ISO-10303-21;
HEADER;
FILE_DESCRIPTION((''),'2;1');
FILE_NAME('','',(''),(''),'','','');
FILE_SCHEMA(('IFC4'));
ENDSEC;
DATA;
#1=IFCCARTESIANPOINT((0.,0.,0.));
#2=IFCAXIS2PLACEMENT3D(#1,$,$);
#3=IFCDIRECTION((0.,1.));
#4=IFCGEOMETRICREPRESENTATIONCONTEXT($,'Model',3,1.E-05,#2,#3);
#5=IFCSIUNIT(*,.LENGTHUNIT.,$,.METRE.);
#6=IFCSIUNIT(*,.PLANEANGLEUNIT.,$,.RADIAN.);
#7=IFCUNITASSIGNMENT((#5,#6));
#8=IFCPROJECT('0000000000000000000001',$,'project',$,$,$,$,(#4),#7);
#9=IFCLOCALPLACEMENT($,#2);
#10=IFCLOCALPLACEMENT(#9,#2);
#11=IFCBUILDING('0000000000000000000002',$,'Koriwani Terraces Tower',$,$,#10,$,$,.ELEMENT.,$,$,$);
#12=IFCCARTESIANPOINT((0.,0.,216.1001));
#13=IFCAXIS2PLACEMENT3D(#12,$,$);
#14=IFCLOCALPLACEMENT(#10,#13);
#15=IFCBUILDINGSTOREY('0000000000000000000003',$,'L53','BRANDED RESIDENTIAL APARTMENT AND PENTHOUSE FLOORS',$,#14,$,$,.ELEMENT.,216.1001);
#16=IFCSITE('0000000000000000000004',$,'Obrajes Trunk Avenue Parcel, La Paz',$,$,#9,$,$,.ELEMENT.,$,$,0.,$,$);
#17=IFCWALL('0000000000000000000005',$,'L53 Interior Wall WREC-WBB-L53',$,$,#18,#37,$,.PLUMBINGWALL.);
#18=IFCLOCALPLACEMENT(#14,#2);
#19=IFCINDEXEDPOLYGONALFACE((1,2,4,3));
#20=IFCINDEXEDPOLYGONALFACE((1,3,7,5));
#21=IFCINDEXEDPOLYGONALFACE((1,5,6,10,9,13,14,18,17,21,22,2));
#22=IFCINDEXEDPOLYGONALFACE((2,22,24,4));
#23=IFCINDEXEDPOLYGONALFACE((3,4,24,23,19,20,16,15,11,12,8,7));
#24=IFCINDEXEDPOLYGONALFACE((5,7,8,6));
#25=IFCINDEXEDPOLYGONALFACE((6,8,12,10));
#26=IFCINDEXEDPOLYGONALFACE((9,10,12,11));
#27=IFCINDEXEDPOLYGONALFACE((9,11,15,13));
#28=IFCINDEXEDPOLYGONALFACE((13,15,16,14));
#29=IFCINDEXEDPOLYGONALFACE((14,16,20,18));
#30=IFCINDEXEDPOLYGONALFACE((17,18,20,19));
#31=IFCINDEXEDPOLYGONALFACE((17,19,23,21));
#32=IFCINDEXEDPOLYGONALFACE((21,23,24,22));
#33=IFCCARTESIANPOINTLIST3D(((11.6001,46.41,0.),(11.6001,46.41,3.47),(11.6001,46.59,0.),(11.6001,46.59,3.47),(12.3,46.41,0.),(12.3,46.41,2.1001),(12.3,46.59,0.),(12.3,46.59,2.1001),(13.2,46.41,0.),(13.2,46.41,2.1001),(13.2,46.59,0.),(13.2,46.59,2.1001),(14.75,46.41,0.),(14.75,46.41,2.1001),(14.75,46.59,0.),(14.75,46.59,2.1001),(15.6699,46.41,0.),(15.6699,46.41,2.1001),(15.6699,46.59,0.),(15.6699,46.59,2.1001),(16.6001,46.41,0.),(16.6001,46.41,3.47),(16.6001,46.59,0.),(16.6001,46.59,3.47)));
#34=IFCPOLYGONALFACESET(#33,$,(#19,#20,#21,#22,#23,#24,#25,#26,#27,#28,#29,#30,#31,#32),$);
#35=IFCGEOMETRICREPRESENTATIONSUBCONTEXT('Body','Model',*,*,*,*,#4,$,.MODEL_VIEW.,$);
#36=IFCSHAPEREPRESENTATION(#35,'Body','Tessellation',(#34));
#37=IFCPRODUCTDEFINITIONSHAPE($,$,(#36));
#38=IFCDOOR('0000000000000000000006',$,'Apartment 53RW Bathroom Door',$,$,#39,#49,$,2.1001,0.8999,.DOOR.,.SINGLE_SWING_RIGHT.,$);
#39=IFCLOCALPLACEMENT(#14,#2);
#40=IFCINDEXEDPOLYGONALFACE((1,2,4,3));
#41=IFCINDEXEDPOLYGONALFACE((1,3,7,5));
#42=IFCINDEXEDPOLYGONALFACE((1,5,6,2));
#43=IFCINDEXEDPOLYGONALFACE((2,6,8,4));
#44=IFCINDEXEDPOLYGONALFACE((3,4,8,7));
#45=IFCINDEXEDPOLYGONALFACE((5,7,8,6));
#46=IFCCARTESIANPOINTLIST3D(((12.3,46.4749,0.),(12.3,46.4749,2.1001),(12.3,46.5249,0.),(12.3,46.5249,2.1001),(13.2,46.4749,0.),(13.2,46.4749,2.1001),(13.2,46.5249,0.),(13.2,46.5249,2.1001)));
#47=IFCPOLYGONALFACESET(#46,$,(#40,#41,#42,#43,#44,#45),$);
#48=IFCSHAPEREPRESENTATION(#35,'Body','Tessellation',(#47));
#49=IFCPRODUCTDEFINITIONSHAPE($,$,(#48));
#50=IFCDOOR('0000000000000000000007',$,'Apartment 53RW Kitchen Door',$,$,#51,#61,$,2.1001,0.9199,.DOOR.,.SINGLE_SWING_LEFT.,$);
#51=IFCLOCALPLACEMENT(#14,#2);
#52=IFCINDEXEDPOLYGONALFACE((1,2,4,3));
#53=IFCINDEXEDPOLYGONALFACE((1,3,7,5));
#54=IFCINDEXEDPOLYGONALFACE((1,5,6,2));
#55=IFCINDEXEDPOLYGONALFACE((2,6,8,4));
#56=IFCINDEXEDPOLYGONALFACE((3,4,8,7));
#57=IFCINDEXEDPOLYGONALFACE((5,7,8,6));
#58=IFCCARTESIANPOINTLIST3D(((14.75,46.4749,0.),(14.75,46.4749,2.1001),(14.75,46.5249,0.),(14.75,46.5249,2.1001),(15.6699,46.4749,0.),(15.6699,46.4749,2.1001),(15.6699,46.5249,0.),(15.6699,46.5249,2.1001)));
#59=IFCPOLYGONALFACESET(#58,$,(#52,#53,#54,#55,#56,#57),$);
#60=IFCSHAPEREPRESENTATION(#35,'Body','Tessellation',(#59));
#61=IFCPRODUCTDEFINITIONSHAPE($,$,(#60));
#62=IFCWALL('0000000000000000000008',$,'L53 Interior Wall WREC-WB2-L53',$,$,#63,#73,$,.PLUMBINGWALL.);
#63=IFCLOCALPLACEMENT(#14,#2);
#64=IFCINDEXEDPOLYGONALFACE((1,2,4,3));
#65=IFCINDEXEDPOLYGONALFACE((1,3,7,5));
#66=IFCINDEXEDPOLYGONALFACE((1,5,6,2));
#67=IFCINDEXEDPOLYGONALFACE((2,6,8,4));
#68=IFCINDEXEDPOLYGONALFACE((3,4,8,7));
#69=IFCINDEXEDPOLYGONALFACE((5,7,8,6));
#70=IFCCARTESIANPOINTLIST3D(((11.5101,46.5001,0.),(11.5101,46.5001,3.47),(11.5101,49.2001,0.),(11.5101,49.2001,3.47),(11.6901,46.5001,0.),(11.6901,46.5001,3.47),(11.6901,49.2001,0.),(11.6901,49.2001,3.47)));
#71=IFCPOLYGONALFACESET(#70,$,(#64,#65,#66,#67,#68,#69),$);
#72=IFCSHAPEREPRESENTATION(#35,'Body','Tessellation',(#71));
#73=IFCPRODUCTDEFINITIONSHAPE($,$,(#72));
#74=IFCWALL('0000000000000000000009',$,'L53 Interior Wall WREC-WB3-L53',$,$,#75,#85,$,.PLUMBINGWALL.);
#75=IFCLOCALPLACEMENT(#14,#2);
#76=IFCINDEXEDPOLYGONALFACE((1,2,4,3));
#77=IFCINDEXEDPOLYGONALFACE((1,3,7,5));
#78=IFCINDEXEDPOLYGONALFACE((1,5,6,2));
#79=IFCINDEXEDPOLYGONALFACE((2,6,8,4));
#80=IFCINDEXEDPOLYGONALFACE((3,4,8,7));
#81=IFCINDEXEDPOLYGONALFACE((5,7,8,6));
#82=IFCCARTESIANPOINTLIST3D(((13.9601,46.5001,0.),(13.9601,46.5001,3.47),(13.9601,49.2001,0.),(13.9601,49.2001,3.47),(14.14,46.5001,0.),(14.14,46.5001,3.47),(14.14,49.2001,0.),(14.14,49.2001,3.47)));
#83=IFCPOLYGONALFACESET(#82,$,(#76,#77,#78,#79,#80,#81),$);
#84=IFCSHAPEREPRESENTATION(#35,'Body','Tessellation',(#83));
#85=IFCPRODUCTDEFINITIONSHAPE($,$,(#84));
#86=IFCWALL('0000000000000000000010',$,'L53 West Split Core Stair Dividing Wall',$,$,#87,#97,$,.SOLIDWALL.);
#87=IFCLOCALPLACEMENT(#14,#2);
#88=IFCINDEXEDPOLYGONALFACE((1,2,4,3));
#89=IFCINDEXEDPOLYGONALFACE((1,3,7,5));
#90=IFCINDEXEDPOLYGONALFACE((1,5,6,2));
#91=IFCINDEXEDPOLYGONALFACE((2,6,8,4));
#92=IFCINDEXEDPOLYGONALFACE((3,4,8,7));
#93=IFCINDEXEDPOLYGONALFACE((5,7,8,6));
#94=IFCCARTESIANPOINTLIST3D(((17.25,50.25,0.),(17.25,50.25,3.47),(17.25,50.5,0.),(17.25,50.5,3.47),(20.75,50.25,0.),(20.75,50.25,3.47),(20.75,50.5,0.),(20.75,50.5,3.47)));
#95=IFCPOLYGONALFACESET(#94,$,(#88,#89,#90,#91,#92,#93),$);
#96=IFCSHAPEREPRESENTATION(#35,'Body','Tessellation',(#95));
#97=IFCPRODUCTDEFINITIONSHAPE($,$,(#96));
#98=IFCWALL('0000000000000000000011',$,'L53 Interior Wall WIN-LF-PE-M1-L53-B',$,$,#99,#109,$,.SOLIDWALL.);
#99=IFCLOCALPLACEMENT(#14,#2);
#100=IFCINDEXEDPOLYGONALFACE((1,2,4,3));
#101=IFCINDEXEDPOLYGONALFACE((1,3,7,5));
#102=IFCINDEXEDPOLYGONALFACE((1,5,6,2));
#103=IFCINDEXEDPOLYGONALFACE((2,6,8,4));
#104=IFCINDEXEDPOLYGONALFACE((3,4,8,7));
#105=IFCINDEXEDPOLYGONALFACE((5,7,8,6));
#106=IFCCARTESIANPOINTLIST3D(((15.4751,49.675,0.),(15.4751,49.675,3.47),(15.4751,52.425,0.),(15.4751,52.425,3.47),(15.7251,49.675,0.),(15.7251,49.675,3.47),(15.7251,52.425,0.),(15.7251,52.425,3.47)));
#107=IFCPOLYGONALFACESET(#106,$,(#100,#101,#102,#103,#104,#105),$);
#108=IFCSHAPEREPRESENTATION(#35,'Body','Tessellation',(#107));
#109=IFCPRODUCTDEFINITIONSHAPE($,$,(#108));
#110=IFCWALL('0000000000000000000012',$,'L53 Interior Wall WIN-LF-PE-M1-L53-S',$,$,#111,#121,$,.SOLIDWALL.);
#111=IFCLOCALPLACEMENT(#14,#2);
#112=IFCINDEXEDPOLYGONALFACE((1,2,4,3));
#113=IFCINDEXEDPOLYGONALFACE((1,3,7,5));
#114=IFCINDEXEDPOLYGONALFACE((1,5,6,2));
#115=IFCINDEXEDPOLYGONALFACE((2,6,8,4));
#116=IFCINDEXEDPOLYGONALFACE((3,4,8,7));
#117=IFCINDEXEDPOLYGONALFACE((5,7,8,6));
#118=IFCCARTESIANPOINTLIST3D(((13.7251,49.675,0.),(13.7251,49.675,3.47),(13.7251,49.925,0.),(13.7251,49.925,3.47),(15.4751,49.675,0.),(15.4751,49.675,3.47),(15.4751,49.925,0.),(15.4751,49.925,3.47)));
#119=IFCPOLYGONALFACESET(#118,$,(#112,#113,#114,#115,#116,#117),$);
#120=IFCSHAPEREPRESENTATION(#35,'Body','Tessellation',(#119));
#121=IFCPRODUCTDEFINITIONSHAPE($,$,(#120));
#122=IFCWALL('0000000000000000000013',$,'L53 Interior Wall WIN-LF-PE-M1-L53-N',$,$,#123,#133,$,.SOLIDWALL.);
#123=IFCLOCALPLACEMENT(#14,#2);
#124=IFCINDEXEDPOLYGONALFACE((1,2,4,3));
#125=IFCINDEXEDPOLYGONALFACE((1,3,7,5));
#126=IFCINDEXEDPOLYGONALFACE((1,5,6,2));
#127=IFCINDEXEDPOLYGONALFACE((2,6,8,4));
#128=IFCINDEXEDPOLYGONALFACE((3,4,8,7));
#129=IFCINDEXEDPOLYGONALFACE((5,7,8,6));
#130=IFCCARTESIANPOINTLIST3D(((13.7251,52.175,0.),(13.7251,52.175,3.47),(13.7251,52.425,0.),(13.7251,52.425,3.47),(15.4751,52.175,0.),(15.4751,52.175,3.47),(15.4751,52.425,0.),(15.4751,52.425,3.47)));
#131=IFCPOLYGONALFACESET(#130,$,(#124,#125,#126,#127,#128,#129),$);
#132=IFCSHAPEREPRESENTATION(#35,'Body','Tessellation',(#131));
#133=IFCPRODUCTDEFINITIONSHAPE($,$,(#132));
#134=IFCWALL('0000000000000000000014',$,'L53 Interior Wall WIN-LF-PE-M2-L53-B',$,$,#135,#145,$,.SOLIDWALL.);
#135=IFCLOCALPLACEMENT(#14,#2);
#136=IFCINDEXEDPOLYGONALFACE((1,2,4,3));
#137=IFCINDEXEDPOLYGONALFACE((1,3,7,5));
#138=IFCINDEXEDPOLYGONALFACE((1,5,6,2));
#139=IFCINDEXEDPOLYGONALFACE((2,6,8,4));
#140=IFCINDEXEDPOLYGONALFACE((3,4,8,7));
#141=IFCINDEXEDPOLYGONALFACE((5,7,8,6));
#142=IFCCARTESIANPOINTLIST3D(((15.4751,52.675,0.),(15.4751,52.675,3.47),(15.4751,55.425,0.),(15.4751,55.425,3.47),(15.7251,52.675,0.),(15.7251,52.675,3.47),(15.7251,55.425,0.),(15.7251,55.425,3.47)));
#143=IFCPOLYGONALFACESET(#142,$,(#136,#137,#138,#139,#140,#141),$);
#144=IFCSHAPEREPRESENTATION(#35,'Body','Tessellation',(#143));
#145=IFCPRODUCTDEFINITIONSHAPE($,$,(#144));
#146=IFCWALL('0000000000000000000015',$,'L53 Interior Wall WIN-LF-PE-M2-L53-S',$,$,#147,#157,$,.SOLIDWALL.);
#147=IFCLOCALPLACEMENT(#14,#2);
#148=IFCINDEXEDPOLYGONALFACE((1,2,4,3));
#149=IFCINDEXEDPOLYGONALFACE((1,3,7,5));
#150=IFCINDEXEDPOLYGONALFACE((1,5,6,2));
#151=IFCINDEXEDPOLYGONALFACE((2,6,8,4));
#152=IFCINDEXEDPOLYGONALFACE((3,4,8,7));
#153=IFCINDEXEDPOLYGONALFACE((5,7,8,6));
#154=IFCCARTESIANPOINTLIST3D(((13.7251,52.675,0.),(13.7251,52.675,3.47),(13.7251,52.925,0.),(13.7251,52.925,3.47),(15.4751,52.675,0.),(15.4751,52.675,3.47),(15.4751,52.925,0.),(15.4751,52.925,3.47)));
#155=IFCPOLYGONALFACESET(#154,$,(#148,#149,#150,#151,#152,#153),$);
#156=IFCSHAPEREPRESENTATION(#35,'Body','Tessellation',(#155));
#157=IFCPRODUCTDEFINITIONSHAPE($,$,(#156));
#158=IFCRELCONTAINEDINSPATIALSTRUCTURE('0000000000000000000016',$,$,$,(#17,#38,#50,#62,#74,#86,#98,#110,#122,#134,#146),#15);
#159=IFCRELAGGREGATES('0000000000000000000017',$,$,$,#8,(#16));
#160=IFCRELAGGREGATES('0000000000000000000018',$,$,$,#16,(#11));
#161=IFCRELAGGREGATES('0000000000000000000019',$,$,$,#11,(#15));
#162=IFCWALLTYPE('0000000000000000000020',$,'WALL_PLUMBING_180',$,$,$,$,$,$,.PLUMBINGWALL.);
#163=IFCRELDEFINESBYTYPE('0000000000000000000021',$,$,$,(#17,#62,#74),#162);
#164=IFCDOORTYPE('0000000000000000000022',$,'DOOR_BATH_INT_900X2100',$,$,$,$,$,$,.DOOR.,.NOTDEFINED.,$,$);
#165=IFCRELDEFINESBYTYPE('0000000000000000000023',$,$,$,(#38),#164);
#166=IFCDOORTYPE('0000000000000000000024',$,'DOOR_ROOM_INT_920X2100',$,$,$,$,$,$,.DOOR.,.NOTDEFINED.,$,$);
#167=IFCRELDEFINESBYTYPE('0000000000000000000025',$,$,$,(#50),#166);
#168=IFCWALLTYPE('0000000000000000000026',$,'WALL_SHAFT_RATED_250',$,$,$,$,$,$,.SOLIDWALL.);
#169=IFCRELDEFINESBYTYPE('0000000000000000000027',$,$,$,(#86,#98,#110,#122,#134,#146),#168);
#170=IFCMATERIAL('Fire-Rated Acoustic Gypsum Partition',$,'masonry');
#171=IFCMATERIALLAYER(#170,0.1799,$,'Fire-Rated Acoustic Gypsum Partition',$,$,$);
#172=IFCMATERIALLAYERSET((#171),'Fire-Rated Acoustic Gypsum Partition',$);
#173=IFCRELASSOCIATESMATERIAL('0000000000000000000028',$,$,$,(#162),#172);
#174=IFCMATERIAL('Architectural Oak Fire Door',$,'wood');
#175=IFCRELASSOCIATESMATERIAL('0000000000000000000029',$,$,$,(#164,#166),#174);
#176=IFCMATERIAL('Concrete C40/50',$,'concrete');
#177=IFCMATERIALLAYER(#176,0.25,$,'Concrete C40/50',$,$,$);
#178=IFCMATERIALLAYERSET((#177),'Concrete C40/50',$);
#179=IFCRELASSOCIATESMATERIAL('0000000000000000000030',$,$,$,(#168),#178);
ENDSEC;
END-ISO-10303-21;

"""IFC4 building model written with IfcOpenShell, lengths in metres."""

from ifc_helpers import new_model, si_unit, direction, frame, frame_2d, origin, place, context, subcontext, project, spatial, rectangle, extrude, material, layer, layer_set, type_object, element, fill, save


model = new_model("IFC4")

# Units and contexts
model_context = context("Model", 3, precision=1e-05, world=origin(), true_north=direction((0.0, 1.0)))
body_context = subcontext(model_context, "Body", "Model", "MODEL_VIEW")
ifc_project = project(units=[si_unit("LENGTHUNIT", "METRE"), si_unit("PLANEANGLEUNIT", "RADIAN")], contexts=[model_context])

# Site, building, storey
site_placement = place(None, origin())
site = spatial("IfcSite", under=ifc_project, at=site_placement, Name="Obrajes Trunk Avenue Parcel, La Paz", CompositionType="ELEMENT", RefElevation=0.0)
building_placement = place(site_placement, origin())
building = spatial("IfcBuilding", under=site, at=building_placement, Name="Koriwani Terraces Tower", CompositionType="ELEMENT")
storey_placement = place(building_placement, frame((0.0, 0.0, 216.1001)))
storey = spatial("IfcBuildingStorey", under=building, at=storey_placement, Name="L53", Description="BRANDED RESIDENTIAL APARTMENT AND PENTHOUSE FLOORS", CompositionType="ELEMENT", Elevation=216.1001)

# Shared definitions
ifc_material_1 = material(Name="Concrete C40/50", Category="concrete")

# Wall, openings, doors
ifc_material_2 = material(Name="Fire-Rated Acoustic Gypsum Partition", Category="masonry")
ifc_layer_1 = layer(ifc_material_2, 0.1799, Name="Fire-Rated Acoustic Gypsum Partition")
ifc_layer_set_1 = layer_set([ifc_layer_1], Name="Fire-Rated Acoustic Gypsum Partition")
wall_type_1 = type_object("IfcWallType", Name="WALL_PLUMBING_180", PredefinedType="PLUMBINGWALL", material=ifc_layer_set_1)
wall_1_placement = place(storey_placement, frame((11.6001, 46.5, 0.0), z_axis=(0.0, 0.0, 1.0), x_axis=(1.0, 0.0, 0.0)))
wall_1 = element("IfcWall", 1, at=wall_1_placement, inside=storey, type_object=wall_type_1, Name="L53 Interior Wall WREC-WBB-L53", PredefinedType="PLUMBINGWALL", context=body_context, shape_type="SweptSolid", body=[
    extrude(rectangle(XDim=5.0, YDim=0.1799, at=frame_2d((2.5, 0.0))), origin(), (0.0, 0.0, 1.0), 3.47),
])
opening_1_placement = place(wall_1_placement, frame((0.7, 0.0, 0.0)))
opening_1 = element("IfcOpeningElement", 2, at=opening_1_placement, cuts=wall_1, PredefinedType="OPENING", context=body_context, shape_type="SweptSolid", body=[
    extrude(rectangle(XDim=0.8999, YDim=2.1001, at=frame_2d((0.45, 1.05))), frame((0.0, 0.1001, 0.0), z_axis=(0.0, -1.0, 0.0), x_axis=(1.0, 0.0, 0.0)), (0.0, 0.0, 1.0), 0.2),
])
opening_2_placement = place(wall_1_placement, frame((3.1499, 0.0, 0.0)))
opening_2 = element("IfcOpeningElement", 3, at=opening_2_placement, cuts=wall_1, PredefinedType="OPENING", context=body_context, shape_type="SweptSolid", body=[
    extrude(rectangle(XDim=0.9199, YDim=2.1001, at=frame_2d((0.46, 1.05))), frame((0.0, 0.1001, 0.0), z_axis=(0.0, -1.0, 0.0), x_axis=(1.0, 0.0, 0.0)), (0.0, 0.0, 1.0), 0.2),
])
ifc_material_3 = material(Name="Architectural Oak Fire Door", Category="wood")
door_type_1 = type_object("IfcDoorType", Name="DOOR_BATH_INT_900X2100", OperationType="NOTDEFINED", PredefinedType="DOOR", material=ifc_material_3)
door_1_placement = place(opening_1_placement, origin())
door_1 = element("IfcDoor", 4, at=door_1_placement, inside=storey, type_object=door_type_1, Name="Apartment 53RW Bathroom Door", OperationType="SINGLE_SWING_RIGHT", OverallHeight=2.1001, OverallWidth=0.8999, PredefinedType="DOOR", context=body_context, shape_type="SweptSolid", body=[
    extrude(rectangle(XDim=0.8999, YDim=2.1001, at=frame_2d((0.45, 1.05))), frame((0.0, 0.0249, 0.0), z_axis=(0.0, -1.0, 0.0), x_axis=(1.0, 0.0, 0.0)), (0.0, 0.0, 1.0), 0.05),
])
fill(opening_1, door_1)
door_type_2 = type_object("IfcDoorType", Name="DOOR_ROOM_INT_920X2100", OperationType="NOTDEFINED", PredefinedType="DOOR", material=ifc_material_3)
door_2_placement = place(opening_2_placement, origin())
door_2 = element("IfcDoor", 5, at=door_2_placement, inside=storey, type_object=door_type_2, Name="Apartment 53RW Kitchen Door", OperationType="SINGLE_SWING_LEFT", OverallHeight=2.1001, OverallWidth=0.9199, PredefinedType="DOOR", context=body_context, shape_type="SweptSolid", body=[
    extrude(rectangle(XDim=0.9199, YDim=2.1001, at=frame_2d((0.46, 1.05))), frame((0.0, 0.0249, 0.0), z_axis=(0.0, -1.0, 0.0), x_axis=(1.0, 0.0, 0.0)), (0.0, 0.0, 1.0), 0.05),
])
fill(opening_2, door_2)

# Walls
for number, where, z_axis, x_axis, name in (
    (6, (11.6001, 46.5, 0.0), (0.0, 0.0, 1.0), (0.0, 1.0, 0.0), "L53 Interior Wall WREC-WB2-L53"),
    (7, (14.05, 46.5, 0.0), (0.0, 0.0, 1.0), (0.0, 1.0, 0.0), "L53 Interior Wall WREC-WB3-L53"),
):
    element("IfcWall", number, at=place(storey_placement, frame(where, z_axis=z_axis, x_axis=x_axis)), inside=storey, type_object=wall_type_1, Name=name, PredefinedType="PLUMBINGWALL", context=body_context, shape_type="SweptSolid", body=[
        extrude(rectangle(XDim=2.7, YDim=0.1799, at=frame_2d((1.3501, 0.0))), origin(), (0.0, 0.0, 1.0), 3.47),
    ])
ifc_layer_2 = layer(ifc_material_1, 0.25, Name="Concrete C40/50")
ifc_layer_set_2 = layer_set([ifc_layer_2], Name="Concrete C40/50")
wall_type_2 = type_object("IfcWallType", Name="WALL_SHAFT_RATED_250", PredefinedType="SOLIDWALL", material=ifc_layer_set_2)
wall_2_placement = place(storey_placement, frame((17.25, 50.375, 0.0), z_axis=(0.0, 0.0, 1.0), x_axis=(1.0, 0.0, 0.0)))
element("IfcWall", 8, at=wall_2_placement, inside=storey, type_object=wall_type_2, Name="L53 West Split Core Stair Dividing Wall", PredefinedType="SOLIDWALL", context=body_context, shape_type="SweptSolid", body=[
    extrude(rectangle(XDim=3.5, YDim=0.25, at=frame_2d((1.75, 0.0))), origin(), (0.0, 0.0, 1.0), 3.47),
])

# Walls
wall_3_placement = place(storey_placement, frame((15.6001, 49.675, 0.0), z_axis=(0.0, 0.0, 1.0), x_axis=(0.0, 1.0, 0.0)))
element("IfcWall", 9, at=wall_3_placement, inside=storey, type_object=wall_type_2, Name="L53 Interior Wall WIN-LF-PE-M1-L53-B", PredefinedType="SOLIDWALL", context=body_context, shape_type="SweptSolid", body=[
    extrude(rectangle(XDim=2.75, YDim=0.25, at=frame_2d((1.375, 0.0))), origin(), (0.0, 0.0, 1.0), 3.47),
])
for number, where, z_axis, x_axis, name in (
    (10, (13.7251, 49.8, 0.0), (0.0, 0.0, 1.0), (1.0, 0.0, 0.0), "L53 Interior Wall WIN-LF-PE-M1-L53-S"),
    (11, (13.7251, 52.3, 0.0), (0.0, 0.0, 1.0), (1.0, 0.0, 0.0), "L53 Interior Wall WIN-LF-PE-M1-L53-N"),
):
    element("IfcWall", number, at=place(storey_placement, frame(where, z_axis=z_axis, x_axis=x_axis)), inside=storey, type_object=wall_type_2, Name=name, PredefinedType="SOLIDWALL", context=body_context, shape_type="SweptSolid", body=[
        extrude(rectangle(XDim=1.75, YDim=0.25, at=frame_2d((0.875, 0.0))), origin(), (0.0, 0.0, 1.0), 3.47),
    ])

# Walls
wall_4_placement = place(storey_placement, frame((15.6001, 52.675, 0.0), z_axis=(0.0, 0.0, 1.0), x_axis=(0.0, 1.0, 0.0)))
element("IfcWall", 12, at=wall_4_placement, inside=storey, type_object=wall_type_2, Name="L53 Interior Wall WIN-LF-PE-M2-L53-B", PredefinedType="SOLIDWALL", context=body_context, shape_type="SweptSolid", body=[
    extrude(rectangle(XDim=2.75, YDim=0.25, at=frame_2d((1.375, 0.0))), origin(), (0.0, 0.0, 1.0), 3.47),
])
wall_5_placement = place(storey_placement, frame((13.7251, 52.8, 0.0), z_axis=(0.0, 0.0, 1.0), x_axis=(1.0, 0.0, 0.0)))
element("IfcWall", 13, at=wall_5_placement, inside=storey, type_object=wall_type_2, Name="L53 Interior Wall WIN-LF-PE-M2-L53-S", PredefinedType="SOLIDWALL", context=body_context, shape_type="SweptSolid", body=[
    extrude(rectangle(XDim=1.75, YDim=0.25, at=frame_2d((0.875, 0.0))), origin(), (0.0, 0.0, 1.0), 3.47),
])

save(model, "model.ifc")
